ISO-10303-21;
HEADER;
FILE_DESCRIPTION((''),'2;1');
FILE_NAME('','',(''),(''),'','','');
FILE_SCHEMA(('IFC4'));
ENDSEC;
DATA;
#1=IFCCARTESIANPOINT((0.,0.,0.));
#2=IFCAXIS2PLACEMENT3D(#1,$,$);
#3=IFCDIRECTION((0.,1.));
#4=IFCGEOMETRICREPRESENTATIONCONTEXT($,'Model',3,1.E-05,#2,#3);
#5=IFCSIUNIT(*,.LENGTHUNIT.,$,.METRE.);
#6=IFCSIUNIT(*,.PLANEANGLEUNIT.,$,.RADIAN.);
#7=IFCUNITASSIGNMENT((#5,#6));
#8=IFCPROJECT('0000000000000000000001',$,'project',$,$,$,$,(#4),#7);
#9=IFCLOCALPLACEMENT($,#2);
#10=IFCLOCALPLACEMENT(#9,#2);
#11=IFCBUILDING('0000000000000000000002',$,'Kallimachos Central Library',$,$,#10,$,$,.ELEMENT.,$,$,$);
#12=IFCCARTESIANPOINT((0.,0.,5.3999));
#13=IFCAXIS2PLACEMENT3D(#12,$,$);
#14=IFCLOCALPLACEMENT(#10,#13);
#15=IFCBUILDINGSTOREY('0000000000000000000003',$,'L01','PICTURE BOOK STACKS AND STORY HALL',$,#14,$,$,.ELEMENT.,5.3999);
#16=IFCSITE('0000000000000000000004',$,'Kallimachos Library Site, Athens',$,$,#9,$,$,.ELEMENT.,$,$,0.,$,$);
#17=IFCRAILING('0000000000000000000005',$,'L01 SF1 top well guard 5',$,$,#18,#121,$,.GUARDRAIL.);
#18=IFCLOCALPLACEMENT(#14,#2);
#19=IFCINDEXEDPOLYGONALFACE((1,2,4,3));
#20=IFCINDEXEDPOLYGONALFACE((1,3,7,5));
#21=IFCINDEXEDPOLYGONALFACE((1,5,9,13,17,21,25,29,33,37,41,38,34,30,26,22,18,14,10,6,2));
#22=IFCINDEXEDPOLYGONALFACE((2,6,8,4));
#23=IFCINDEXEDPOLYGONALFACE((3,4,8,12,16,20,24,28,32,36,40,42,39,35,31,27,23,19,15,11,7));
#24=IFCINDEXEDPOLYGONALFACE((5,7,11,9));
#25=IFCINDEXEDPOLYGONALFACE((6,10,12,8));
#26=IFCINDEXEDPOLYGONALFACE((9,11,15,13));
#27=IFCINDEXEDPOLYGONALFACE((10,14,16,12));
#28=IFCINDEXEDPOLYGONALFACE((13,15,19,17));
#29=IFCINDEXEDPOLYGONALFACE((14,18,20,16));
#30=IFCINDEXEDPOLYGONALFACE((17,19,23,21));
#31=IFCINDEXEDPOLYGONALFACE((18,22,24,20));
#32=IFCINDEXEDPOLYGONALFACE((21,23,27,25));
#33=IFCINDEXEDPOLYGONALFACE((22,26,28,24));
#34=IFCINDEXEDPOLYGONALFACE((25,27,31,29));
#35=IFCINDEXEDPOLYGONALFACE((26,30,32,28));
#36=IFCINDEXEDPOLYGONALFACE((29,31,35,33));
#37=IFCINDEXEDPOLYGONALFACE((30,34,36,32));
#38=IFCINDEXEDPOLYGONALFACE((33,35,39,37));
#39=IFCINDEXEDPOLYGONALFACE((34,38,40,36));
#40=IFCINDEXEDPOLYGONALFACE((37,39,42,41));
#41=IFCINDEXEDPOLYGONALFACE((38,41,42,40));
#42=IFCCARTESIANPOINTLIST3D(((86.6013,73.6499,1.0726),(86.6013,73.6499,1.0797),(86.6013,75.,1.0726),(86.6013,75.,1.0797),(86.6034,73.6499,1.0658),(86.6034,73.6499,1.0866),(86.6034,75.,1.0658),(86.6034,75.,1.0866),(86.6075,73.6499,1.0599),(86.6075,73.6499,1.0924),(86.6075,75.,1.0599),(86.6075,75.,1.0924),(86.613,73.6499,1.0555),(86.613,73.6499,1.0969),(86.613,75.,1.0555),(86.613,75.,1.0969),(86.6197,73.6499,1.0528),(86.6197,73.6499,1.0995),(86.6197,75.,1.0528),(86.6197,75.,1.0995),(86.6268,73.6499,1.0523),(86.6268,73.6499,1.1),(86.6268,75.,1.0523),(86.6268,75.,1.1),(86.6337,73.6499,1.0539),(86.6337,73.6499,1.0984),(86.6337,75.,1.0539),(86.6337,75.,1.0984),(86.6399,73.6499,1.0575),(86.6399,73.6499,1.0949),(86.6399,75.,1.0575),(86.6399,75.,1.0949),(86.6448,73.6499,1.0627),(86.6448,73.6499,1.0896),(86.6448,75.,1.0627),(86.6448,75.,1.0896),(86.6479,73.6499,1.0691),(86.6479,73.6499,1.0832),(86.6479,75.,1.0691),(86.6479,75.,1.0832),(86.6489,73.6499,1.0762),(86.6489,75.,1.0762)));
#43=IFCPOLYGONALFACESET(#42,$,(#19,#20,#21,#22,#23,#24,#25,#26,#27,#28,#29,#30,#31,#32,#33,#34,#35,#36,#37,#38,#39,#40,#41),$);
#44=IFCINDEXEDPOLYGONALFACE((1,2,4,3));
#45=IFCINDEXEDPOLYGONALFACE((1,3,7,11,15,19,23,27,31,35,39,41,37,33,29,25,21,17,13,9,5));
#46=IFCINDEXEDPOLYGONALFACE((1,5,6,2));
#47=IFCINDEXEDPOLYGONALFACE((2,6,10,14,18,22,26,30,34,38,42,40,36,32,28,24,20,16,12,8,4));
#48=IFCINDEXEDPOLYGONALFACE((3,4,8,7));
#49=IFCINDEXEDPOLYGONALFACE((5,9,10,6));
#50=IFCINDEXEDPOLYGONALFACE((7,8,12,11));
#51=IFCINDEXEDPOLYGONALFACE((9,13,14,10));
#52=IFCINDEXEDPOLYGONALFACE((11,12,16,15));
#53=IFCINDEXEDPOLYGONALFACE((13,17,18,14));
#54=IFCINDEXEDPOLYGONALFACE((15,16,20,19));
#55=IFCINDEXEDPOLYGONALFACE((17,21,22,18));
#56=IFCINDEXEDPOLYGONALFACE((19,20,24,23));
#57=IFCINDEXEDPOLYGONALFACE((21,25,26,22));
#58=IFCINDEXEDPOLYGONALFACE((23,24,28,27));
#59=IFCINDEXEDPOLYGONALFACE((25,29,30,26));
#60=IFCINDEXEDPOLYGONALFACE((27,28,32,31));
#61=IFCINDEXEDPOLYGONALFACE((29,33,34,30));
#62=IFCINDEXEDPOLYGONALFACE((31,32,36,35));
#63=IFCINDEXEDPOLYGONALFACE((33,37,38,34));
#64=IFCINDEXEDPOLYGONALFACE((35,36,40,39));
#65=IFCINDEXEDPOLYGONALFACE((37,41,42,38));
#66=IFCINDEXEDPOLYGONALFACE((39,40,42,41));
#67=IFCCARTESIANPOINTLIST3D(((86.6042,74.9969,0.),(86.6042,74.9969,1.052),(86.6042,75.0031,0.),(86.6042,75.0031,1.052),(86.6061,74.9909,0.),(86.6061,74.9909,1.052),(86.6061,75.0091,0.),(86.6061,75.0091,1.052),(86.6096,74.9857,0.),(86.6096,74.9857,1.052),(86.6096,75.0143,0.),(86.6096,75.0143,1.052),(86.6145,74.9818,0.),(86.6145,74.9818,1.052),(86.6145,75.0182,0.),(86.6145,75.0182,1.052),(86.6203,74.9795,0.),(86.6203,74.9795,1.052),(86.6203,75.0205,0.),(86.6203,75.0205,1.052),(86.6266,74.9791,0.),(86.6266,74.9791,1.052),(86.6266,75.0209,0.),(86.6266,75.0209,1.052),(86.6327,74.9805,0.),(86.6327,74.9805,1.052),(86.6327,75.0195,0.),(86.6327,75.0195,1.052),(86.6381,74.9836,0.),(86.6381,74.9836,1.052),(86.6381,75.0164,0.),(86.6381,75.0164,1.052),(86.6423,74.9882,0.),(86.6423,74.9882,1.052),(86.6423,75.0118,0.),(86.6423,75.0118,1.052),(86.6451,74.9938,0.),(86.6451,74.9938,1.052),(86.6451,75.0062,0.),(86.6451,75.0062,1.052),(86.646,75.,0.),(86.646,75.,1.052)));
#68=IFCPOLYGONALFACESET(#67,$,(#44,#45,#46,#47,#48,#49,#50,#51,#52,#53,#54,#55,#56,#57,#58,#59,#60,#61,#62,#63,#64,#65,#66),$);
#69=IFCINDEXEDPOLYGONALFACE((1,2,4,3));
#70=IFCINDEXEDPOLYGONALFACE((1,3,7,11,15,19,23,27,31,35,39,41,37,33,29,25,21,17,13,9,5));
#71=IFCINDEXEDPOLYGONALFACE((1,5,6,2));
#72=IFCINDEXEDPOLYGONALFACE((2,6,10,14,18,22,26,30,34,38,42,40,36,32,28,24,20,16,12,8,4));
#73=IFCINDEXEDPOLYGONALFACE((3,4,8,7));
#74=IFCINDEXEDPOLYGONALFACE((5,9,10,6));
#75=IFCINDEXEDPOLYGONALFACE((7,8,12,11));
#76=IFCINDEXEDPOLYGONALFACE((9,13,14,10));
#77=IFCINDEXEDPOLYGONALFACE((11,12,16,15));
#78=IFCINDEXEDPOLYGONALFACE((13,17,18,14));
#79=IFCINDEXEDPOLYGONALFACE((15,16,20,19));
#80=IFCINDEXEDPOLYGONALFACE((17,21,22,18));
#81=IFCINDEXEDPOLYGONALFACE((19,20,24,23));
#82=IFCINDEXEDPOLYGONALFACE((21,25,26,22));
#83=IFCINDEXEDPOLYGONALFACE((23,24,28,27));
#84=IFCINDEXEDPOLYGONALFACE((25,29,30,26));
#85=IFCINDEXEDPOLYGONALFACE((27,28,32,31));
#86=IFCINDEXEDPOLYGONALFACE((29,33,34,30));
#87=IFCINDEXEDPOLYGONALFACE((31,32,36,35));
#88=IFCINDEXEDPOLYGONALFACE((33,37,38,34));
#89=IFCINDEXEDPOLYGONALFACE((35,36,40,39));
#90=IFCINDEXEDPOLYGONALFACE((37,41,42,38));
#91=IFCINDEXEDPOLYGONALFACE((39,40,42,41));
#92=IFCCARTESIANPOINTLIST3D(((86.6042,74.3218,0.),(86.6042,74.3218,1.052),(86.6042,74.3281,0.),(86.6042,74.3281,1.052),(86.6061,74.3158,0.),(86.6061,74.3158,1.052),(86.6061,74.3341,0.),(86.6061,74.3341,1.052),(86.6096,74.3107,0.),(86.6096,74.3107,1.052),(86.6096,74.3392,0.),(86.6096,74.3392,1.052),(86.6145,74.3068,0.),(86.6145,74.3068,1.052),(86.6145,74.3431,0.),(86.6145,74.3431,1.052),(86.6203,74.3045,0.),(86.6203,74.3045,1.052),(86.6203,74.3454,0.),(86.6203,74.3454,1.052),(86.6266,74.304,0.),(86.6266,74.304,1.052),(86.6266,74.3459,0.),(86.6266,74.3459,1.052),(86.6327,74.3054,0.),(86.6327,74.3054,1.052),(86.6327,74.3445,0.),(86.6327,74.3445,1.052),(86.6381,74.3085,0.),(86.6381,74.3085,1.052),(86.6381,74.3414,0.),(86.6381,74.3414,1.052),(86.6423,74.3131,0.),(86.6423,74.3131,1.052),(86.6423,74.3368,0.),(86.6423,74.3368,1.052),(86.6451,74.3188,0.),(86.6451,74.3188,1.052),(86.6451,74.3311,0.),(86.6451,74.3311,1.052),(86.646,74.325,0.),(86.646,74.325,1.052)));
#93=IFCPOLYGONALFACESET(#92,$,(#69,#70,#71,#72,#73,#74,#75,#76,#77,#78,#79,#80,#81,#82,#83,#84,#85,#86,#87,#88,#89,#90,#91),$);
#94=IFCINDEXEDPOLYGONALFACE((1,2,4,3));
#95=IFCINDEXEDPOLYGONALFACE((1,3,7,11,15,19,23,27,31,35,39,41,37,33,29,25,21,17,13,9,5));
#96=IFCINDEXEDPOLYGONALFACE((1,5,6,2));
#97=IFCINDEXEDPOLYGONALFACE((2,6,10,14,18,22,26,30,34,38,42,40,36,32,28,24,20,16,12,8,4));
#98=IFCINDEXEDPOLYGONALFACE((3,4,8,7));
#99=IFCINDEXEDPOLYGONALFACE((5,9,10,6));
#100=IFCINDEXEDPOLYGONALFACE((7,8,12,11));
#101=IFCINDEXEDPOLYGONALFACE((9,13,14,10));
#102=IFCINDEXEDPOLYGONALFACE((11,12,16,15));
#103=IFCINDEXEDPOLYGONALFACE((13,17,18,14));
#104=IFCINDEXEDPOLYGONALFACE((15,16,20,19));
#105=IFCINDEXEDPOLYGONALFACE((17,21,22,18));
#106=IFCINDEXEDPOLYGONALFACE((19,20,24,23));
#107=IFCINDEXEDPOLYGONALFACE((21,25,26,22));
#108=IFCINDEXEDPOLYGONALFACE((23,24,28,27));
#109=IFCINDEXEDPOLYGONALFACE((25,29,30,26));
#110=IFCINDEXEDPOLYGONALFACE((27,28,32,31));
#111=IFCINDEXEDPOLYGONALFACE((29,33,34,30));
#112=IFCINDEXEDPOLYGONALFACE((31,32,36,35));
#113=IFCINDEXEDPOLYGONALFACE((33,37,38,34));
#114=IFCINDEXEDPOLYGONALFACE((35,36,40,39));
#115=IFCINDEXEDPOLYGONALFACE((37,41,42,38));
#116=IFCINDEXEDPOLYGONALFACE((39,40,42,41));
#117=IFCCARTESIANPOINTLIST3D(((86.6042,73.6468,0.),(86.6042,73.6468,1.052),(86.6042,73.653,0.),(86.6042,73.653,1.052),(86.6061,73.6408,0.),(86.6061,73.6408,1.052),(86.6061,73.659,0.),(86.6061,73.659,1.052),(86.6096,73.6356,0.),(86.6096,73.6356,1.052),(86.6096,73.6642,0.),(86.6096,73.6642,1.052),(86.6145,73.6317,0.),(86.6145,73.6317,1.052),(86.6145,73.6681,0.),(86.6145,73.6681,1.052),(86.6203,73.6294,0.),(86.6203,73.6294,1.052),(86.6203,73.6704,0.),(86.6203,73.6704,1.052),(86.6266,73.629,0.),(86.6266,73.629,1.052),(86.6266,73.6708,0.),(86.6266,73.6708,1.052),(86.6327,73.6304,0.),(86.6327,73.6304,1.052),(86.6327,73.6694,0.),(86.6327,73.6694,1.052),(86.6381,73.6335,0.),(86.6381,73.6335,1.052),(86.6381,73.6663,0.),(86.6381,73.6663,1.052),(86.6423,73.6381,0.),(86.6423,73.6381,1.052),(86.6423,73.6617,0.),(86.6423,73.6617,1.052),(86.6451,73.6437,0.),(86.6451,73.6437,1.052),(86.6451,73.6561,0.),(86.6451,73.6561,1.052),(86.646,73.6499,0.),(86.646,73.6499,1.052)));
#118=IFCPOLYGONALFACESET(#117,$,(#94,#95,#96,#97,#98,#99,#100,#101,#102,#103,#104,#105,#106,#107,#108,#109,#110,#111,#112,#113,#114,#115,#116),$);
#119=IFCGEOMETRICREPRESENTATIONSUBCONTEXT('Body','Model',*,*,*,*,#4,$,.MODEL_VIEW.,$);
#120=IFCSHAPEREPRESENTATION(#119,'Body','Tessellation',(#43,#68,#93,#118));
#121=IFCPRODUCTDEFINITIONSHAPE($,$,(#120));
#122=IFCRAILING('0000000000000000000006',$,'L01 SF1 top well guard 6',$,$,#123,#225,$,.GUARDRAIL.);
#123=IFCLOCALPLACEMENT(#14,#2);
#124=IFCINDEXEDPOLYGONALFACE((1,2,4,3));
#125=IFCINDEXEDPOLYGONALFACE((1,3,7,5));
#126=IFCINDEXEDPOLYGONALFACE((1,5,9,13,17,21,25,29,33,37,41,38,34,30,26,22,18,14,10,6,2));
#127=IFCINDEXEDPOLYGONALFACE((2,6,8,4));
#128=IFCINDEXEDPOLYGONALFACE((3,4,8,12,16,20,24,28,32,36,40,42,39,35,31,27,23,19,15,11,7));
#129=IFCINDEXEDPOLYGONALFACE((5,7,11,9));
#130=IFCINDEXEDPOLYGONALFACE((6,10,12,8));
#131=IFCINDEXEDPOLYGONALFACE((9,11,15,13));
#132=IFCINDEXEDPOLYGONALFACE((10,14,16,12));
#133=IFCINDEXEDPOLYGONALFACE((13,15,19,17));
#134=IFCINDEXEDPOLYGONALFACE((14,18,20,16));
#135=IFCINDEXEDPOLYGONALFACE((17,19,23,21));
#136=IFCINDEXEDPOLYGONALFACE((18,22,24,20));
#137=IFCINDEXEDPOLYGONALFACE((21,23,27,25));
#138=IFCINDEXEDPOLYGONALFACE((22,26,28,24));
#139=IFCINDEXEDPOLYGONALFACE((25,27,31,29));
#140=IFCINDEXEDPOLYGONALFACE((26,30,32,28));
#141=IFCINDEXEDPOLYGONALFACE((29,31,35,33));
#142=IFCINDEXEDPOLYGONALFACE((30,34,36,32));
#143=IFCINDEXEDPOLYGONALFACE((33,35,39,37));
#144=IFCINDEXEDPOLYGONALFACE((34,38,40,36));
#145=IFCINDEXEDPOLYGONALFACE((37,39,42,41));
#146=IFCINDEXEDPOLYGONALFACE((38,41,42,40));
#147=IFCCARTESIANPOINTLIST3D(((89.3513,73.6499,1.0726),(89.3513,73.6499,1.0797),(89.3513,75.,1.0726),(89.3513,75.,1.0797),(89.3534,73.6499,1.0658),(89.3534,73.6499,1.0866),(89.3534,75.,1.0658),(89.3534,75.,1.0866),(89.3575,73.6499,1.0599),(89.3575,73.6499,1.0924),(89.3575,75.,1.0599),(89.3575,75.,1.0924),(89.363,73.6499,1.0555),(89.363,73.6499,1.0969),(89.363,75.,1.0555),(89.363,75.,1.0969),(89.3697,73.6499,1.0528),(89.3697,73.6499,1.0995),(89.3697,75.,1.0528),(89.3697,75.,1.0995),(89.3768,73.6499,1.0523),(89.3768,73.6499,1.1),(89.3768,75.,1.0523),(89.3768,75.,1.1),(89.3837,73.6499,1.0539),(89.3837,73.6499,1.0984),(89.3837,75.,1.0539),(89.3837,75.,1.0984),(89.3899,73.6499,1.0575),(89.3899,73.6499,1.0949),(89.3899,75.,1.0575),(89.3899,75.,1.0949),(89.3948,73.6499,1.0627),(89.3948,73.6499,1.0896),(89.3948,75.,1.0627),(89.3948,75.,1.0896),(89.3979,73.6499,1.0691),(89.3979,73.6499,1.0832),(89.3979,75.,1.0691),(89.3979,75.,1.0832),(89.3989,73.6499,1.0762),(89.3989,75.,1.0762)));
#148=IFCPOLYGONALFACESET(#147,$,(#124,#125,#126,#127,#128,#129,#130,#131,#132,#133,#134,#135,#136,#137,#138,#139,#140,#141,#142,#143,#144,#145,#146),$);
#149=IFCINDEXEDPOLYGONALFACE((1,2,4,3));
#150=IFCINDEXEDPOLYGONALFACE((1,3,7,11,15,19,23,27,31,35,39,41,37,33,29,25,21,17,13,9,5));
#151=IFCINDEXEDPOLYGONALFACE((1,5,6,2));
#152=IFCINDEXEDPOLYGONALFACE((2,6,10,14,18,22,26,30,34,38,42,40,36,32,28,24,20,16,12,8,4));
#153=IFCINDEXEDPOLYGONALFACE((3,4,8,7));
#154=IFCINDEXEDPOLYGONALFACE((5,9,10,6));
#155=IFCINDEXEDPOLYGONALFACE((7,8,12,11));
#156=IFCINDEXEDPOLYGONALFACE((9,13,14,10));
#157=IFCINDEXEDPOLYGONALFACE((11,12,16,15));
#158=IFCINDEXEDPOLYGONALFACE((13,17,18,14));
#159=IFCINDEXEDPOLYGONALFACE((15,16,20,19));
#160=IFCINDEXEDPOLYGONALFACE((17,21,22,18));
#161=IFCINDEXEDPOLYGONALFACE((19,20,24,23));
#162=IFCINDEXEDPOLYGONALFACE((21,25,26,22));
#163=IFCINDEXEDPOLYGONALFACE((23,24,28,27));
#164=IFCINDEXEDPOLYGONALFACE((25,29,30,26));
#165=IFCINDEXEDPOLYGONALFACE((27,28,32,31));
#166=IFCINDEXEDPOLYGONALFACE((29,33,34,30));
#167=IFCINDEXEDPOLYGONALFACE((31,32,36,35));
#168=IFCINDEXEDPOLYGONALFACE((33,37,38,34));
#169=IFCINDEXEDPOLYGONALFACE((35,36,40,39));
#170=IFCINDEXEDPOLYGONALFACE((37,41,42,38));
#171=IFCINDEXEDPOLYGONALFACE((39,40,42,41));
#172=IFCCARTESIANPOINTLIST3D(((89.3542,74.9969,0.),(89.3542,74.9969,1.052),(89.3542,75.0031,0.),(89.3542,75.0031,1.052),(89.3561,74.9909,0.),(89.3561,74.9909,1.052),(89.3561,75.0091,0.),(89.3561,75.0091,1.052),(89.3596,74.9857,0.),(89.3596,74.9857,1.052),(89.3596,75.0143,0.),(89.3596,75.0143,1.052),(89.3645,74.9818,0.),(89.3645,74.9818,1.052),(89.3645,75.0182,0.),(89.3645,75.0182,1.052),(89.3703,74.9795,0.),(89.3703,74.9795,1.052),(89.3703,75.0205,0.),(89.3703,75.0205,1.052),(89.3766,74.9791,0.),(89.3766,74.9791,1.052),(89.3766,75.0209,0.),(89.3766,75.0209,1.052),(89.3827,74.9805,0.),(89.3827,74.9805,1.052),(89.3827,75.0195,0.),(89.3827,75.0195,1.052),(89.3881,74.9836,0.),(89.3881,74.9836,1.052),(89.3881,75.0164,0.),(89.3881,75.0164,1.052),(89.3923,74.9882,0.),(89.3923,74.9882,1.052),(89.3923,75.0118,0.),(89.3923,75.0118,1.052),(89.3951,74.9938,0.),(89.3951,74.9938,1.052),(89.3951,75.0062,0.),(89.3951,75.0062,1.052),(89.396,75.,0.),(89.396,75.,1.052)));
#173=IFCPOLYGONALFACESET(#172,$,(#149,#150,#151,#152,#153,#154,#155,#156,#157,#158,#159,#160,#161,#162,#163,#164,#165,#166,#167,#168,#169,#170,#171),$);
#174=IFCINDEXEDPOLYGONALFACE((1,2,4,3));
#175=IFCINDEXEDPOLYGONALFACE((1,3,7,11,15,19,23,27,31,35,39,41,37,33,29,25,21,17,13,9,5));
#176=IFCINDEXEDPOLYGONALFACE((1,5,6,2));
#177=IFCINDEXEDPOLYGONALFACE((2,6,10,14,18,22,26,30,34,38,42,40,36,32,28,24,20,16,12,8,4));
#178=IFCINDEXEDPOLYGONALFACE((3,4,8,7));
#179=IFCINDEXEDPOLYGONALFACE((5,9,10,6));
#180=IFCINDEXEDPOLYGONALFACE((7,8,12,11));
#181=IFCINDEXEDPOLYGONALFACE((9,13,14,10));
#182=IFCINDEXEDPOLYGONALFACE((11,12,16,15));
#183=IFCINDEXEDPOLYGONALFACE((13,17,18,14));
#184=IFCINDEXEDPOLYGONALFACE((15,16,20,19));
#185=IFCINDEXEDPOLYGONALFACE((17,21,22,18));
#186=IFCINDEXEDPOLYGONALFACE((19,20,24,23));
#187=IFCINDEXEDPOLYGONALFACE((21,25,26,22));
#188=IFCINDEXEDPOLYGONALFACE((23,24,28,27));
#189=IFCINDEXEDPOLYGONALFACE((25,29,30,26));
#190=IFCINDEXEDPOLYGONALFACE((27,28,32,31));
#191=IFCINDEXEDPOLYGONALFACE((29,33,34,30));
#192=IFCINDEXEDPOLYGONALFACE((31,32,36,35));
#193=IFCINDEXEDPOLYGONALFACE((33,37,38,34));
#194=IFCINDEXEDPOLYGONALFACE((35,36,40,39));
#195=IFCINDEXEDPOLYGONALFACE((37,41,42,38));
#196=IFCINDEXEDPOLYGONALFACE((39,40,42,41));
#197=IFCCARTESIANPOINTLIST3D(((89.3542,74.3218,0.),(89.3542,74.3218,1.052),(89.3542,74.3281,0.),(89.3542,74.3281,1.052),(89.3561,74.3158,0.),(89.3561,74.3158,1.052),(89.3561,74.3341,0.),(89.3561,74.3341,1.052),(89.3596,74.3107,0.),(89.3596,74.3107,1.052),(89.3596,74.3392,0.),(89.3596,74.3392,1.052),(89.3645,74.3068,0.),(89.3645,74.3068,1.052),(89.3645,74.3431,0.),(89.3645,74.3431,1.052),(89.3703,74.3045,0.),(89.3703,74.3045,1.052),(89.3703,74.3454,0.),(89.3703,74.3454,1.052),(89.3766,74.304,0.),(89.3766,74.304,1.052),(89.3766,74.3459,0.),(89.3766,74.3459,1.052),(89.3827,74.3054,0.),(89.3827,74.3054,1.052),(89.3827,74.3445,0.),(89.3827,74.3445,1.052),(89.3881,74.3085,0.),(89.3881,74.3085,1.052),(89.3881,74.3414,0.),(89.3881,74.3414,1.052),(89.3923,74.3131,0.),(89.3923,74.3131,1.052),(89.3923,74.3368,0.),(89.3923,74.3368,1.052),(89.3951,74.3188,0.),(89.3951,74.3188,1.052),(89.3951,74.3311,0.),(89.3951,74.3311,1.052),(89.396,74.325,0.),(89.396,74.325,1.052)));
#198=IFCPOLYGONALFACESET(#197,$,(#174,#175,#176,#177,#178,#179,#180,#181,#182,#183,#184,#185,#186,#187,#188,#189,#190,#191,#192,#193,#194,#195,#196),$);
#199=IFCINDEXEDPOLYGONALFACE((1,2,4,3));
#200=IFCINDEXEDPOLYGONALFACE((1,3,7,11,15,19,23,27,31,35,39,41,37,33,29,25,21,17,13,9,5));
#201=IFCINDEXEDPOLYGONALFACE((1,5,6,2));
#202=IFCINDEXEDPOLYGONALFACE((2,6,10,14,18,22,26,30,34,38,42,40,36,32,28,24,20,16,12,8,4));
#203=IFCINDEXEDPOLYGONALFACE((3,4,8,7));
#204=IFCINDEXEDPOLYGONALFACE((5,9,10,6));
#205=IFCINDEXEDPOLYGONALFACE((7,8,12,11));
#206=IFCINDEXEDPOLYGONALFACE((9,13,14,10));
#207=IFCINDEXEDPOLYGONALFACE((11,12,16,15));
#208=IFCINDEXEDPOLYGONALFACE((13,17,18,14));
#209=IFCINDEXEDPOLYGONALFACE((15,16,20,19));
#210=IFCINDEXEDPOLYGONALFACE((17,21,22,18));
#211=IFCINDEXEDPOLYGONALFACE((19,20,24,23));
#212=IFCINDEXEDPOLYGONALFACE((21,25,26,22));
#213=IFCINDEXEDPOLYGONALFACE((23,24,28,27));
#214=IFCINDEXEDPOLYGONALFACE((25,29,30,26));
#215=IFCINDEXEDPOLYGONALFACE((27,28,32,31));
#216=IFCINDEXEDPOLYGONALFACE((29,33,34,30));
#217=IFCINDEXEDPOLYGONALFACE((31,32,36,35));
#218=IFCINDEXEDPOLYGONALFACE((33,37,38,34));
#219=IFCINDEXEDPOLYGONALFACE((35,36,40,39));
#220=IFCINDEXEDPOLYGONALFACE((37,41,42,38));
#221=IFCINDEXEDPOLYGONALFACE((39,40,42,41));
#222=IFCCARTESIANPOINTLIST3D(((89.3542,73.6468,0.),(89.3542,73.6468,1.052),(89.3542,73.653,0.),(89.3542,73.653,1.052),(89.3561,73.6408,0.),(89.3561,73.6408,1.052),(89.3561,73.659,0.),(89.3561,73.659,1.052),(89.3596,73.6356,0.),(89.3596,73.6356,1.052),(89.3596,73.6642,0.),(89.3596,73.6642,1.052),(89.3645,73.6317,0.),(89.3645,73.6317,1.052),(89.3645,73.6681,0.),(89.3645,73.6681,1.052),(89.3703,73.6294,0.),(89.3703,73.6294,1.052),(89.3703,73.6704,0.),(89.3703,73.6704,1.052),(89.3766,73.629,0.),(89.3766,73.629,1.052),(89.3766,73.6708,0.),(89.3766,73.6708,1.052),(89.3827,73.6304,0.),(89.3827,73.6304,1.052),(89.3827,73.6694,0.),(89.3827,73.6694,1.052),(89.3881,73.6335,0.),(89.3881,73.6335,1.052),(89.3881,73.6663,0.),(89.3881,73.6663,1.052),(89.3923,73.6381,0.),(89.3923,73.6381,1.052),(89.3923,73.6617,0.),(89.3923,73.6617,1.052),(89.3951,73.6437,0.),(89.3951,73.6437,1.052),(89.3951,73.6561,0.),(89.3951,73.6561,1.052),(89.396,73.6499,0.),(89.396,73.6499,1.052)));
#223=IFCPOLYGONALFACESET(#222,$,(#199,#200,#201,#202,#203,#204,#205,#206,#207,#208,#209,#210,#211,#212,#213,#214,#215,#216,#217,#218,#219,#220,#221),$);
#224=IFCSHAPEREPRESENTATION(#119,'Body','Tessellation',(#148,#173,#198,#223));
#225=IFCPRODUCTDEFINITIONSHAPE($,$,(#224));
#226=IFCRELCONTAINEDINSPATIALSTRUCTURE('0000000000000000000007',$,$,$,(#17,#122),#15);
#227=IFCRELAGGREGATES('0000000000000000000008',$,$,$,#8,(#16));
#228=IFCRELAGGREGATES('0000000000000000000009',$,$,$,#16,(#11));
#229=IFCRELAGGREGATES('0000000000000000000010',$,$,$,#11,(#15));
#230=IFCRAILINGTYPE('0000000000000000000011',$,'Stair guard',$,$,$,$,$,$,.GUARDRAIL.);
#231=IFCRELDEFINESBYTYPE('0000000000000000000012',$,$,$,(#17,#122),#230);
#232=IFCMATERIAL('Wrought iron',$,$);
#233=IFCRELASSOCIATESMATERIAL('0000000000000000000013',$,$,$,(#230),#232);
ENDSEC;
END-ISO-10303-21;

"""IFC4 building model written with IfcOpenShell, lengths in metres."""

from ifc_helpers import new_model, si_unit, direction, frame, origin, origin_2d, place, context, subcontext, project, spatial, circle, extrude, material, type_object, element, save


model = new_model("IFC4")

# Units and contexts
model_context = context("Model", 3, precision=1e-05, world=origin(), true_north=direction((0.0, 1.0)))
body_context = subcontext(model_context, "Body", "Model", "MODEL_VIEW")
ifc_project = project(units=[si_unit("LENGTHUNIT", "METRE"), si_unit("PLANEANGLEUNIT", "RADIAN")], contexts=[model_context])

# Site, building, storey
site_placement = place(None, origin())
site = spatial("IfcSite", under=ifc_project, at=site_placement, Name="Kallimachos Library Site, Athens", CompositionType="ELEMENT", RefElevation=0.0)
building_placement = place(site_placement, origin())
building = spatial("IfcBuilding", under=site, at=building_placement, Name="Kallimachos Central Library", CompositionType="ELEMENT")
storey_placement = place(building_placement, frame((0.0, 0.0, 5.3999)))
storey = spatial("IfcBuildingStorey", under=building, at=storey_placement, Name="L01", Description="PICTURE BOOK STACKS AND STORY HALL", CompositionType="ELEMENT", Elevation=5.3999)

# Railings
ifc_material_1 = material(Name="Wrought iron")
railing_type_1 = type_object("IfcRailingType", Name="Stair guard", PredefinedType="GUARDRAIL", material=ifc_material_1)
for number, where, name in (
    (1, (86.625, 75.0, 0.0), "L01 SF1 top well guard 5"),
    (2, (89.375, 75.0, 0.0), "L01 SF1 top well guard 6"),
):
    element("IfcRailing", number, at=place(storey_placement, frame(where)), inside=storey, type_object=railing_type_1, Name=name, PredefinedType="GUARDRAIL", context=body_context, shape_type="SweptSolid", body=[
        extrude(circle(Radius=0.0239, at=origin_2d()), frame((0.0, 0.0, 1.0762), z_axis=(0.0, -1.0, 0.0), x_axis=(1.0, 0.0, 0.0)), (0.0, 0.0, 1.0), 1.3501),
        extrude(circle(Radius=0.021, at=origin_2d()), origin(), (0.0, 0.0, 1.0), 1.052),
        extrude(circle(Radius=0.021, at=origin_2d()), frame((0.0, -0.675, 0.0)), (0.0, 0.0, 1.0), 1.052),
        extrude(circle(Radius=0.021, at=origin_2d()), frame((0.0, -1.3501, 0.0)), (0.0, 0.0, 1.0), 1.052),
    ])

save(model, "model.ifc")
